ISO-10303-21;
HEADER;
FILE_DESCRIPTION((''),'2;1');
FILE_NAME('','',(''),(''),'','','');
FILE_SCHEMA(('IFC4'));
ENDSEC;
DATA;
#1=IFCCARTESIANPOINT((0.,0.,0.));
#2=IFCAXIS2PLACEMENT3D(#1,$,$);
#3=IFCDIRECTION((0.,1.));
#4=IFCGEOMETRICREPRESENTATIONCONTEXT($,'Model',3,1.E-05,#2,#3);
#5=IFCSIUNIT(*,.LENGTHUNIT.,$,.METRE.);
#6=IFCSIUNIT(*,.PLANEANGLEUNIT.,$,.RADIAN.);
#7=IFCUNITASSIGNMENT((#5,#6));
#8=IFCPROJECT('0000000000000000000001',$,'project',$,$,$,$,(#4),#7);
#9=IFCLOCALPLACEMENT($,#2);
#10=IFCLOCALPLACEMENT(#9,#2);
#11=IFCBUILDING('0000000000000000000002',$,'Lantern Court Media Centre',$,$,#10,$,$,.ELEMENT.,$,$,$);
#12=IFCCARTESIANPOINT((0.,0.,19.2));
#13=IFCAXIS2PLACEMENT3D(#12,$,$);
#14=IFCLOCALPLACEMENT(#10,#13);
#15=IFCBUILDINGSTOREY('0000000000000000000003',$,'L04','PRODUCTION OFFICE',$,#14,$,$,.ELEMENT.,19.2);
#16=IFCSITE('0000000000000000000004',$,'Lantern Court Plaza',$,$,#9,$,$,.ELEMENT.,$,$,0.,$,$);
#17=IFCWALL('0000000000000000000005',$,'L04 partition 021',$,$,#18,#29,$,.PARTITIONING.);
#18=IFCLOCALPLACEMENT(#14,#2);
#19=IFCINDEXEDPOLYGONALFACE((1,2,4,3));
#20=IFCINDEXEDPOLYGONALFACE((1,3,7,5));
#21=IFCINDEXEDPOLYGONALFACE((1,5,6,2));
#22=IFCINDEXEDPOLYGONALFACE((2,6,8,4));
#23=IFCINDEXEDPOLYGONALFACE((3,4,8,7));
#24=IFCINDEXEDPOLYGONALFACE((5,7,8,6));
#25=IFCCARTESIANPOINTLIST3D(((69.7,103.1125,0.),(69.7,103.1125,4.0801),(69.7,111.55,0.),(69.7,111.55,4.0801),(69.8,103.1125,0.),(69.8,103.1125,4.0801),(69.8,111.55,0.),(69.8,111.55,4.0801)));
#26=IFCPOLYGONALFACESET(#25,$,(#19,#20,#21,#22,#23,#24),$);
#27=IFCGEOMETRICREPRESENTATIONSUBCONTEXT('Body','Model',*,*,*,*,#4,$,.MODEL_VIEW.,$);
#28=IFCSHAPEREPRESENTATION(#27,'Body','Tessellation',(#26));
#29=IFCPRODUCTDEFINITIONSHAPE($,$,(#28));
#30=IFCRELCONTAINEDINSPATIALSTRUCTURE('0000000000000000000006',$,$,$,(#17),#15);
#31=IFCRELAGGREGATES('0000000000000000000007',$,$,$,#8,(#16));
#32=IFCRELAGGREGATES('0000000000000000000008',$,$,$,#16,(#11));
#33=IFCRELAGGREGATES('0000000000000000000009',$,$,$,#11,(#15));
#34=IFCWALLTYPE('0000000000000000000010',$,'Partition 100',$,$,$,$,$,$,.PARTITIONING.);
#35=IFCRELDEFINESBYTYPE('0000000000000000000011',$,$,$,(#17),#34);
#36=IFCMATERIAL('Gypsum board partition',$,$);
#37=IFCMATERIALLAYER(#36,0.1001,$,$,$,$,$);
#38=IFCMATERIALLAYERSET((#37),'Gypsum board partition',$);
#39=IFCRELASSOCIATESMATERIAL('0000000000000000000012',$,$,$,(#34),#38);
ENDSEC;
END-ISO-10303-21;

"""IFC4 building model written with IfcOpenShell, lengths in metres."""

from ifc_helpers import new_model, si_unit, direction, frame, frame_2d, origin, place, context, subcontext, project, spatial, rectangle, extrude, material, layer, layer_set, type_object, element, save


model = new_model("IFC4")

# Units and contexts
model_context = context("Model", 3, precision=1e-05, world=origin(), true_north=direction((0.0, 1.0)))
body_context = subcontext(model_context, "Body", "Model", "MODEL_VIEW")
ifc_project = project(units=[si_unit("LENGTHUNIT", "METRE"), si_unit("PLANEANGLEUNIT", "RADIAN")], contexts=[model_context])

# Site, building, storey
site_placement = place(None, origin())
site = spatial("IfcSite", under=ifc_project, at=site_placement, Name="Lantern Court Plaza", CompositionType="ELEMENT", RefElevation=0.0)
building_placement = place(site_placement, origin())
building = spatial("IfcBuilding", under=site, at=building_placement, Name="Lantern Court Media Centre", CompositionType="ELEMENT")
storey_placement = place(building_placement, frame((0.0, 0.0, 19.2)))
storey = spatial("IfcBuildingStorey", under=building, at=storey_placement, Name="L04", Description="PRODUCTION OFFICE", CompositionType="ELEMENT", Elevation=19.2)

# Wall
ifc_material_1 = material(Name="Gypsum board partition")
ifc_layer_1 = layer(ifc_material_1, 0.1001)
ifc_layer_set_1 = layer_set([ifc_layer_1], Name="Gypsum board partition")
wall_type_1 = type_object("IfcWallType", Name="Partition 100", PredefinedType="PARTITIONING", material=ifc_layer_set_1)
wall_1_placement = place(storey_placement, frame((69.75, 103.1125, 0.0), z_axis=(0.0, 0.0, 1.0), x_axis=(0.0, 1.0, 0.0)))
element("IfcWall", 1, at=wall_1_placement, inside=storey, type_object=wall_type_1, Name="L04 partition 021", PredefinedType="PARTITIONING", context=body_context, shape_type="SweptSolid", body=[
    extrude(rectangle(XDim=8.4375, YDim=0.1001, at=frame_2d((4.2188, 0.0))), origin(), (0.0, 0.0, 1.0), 4.0801),
])

save(model, "model.ifc")
